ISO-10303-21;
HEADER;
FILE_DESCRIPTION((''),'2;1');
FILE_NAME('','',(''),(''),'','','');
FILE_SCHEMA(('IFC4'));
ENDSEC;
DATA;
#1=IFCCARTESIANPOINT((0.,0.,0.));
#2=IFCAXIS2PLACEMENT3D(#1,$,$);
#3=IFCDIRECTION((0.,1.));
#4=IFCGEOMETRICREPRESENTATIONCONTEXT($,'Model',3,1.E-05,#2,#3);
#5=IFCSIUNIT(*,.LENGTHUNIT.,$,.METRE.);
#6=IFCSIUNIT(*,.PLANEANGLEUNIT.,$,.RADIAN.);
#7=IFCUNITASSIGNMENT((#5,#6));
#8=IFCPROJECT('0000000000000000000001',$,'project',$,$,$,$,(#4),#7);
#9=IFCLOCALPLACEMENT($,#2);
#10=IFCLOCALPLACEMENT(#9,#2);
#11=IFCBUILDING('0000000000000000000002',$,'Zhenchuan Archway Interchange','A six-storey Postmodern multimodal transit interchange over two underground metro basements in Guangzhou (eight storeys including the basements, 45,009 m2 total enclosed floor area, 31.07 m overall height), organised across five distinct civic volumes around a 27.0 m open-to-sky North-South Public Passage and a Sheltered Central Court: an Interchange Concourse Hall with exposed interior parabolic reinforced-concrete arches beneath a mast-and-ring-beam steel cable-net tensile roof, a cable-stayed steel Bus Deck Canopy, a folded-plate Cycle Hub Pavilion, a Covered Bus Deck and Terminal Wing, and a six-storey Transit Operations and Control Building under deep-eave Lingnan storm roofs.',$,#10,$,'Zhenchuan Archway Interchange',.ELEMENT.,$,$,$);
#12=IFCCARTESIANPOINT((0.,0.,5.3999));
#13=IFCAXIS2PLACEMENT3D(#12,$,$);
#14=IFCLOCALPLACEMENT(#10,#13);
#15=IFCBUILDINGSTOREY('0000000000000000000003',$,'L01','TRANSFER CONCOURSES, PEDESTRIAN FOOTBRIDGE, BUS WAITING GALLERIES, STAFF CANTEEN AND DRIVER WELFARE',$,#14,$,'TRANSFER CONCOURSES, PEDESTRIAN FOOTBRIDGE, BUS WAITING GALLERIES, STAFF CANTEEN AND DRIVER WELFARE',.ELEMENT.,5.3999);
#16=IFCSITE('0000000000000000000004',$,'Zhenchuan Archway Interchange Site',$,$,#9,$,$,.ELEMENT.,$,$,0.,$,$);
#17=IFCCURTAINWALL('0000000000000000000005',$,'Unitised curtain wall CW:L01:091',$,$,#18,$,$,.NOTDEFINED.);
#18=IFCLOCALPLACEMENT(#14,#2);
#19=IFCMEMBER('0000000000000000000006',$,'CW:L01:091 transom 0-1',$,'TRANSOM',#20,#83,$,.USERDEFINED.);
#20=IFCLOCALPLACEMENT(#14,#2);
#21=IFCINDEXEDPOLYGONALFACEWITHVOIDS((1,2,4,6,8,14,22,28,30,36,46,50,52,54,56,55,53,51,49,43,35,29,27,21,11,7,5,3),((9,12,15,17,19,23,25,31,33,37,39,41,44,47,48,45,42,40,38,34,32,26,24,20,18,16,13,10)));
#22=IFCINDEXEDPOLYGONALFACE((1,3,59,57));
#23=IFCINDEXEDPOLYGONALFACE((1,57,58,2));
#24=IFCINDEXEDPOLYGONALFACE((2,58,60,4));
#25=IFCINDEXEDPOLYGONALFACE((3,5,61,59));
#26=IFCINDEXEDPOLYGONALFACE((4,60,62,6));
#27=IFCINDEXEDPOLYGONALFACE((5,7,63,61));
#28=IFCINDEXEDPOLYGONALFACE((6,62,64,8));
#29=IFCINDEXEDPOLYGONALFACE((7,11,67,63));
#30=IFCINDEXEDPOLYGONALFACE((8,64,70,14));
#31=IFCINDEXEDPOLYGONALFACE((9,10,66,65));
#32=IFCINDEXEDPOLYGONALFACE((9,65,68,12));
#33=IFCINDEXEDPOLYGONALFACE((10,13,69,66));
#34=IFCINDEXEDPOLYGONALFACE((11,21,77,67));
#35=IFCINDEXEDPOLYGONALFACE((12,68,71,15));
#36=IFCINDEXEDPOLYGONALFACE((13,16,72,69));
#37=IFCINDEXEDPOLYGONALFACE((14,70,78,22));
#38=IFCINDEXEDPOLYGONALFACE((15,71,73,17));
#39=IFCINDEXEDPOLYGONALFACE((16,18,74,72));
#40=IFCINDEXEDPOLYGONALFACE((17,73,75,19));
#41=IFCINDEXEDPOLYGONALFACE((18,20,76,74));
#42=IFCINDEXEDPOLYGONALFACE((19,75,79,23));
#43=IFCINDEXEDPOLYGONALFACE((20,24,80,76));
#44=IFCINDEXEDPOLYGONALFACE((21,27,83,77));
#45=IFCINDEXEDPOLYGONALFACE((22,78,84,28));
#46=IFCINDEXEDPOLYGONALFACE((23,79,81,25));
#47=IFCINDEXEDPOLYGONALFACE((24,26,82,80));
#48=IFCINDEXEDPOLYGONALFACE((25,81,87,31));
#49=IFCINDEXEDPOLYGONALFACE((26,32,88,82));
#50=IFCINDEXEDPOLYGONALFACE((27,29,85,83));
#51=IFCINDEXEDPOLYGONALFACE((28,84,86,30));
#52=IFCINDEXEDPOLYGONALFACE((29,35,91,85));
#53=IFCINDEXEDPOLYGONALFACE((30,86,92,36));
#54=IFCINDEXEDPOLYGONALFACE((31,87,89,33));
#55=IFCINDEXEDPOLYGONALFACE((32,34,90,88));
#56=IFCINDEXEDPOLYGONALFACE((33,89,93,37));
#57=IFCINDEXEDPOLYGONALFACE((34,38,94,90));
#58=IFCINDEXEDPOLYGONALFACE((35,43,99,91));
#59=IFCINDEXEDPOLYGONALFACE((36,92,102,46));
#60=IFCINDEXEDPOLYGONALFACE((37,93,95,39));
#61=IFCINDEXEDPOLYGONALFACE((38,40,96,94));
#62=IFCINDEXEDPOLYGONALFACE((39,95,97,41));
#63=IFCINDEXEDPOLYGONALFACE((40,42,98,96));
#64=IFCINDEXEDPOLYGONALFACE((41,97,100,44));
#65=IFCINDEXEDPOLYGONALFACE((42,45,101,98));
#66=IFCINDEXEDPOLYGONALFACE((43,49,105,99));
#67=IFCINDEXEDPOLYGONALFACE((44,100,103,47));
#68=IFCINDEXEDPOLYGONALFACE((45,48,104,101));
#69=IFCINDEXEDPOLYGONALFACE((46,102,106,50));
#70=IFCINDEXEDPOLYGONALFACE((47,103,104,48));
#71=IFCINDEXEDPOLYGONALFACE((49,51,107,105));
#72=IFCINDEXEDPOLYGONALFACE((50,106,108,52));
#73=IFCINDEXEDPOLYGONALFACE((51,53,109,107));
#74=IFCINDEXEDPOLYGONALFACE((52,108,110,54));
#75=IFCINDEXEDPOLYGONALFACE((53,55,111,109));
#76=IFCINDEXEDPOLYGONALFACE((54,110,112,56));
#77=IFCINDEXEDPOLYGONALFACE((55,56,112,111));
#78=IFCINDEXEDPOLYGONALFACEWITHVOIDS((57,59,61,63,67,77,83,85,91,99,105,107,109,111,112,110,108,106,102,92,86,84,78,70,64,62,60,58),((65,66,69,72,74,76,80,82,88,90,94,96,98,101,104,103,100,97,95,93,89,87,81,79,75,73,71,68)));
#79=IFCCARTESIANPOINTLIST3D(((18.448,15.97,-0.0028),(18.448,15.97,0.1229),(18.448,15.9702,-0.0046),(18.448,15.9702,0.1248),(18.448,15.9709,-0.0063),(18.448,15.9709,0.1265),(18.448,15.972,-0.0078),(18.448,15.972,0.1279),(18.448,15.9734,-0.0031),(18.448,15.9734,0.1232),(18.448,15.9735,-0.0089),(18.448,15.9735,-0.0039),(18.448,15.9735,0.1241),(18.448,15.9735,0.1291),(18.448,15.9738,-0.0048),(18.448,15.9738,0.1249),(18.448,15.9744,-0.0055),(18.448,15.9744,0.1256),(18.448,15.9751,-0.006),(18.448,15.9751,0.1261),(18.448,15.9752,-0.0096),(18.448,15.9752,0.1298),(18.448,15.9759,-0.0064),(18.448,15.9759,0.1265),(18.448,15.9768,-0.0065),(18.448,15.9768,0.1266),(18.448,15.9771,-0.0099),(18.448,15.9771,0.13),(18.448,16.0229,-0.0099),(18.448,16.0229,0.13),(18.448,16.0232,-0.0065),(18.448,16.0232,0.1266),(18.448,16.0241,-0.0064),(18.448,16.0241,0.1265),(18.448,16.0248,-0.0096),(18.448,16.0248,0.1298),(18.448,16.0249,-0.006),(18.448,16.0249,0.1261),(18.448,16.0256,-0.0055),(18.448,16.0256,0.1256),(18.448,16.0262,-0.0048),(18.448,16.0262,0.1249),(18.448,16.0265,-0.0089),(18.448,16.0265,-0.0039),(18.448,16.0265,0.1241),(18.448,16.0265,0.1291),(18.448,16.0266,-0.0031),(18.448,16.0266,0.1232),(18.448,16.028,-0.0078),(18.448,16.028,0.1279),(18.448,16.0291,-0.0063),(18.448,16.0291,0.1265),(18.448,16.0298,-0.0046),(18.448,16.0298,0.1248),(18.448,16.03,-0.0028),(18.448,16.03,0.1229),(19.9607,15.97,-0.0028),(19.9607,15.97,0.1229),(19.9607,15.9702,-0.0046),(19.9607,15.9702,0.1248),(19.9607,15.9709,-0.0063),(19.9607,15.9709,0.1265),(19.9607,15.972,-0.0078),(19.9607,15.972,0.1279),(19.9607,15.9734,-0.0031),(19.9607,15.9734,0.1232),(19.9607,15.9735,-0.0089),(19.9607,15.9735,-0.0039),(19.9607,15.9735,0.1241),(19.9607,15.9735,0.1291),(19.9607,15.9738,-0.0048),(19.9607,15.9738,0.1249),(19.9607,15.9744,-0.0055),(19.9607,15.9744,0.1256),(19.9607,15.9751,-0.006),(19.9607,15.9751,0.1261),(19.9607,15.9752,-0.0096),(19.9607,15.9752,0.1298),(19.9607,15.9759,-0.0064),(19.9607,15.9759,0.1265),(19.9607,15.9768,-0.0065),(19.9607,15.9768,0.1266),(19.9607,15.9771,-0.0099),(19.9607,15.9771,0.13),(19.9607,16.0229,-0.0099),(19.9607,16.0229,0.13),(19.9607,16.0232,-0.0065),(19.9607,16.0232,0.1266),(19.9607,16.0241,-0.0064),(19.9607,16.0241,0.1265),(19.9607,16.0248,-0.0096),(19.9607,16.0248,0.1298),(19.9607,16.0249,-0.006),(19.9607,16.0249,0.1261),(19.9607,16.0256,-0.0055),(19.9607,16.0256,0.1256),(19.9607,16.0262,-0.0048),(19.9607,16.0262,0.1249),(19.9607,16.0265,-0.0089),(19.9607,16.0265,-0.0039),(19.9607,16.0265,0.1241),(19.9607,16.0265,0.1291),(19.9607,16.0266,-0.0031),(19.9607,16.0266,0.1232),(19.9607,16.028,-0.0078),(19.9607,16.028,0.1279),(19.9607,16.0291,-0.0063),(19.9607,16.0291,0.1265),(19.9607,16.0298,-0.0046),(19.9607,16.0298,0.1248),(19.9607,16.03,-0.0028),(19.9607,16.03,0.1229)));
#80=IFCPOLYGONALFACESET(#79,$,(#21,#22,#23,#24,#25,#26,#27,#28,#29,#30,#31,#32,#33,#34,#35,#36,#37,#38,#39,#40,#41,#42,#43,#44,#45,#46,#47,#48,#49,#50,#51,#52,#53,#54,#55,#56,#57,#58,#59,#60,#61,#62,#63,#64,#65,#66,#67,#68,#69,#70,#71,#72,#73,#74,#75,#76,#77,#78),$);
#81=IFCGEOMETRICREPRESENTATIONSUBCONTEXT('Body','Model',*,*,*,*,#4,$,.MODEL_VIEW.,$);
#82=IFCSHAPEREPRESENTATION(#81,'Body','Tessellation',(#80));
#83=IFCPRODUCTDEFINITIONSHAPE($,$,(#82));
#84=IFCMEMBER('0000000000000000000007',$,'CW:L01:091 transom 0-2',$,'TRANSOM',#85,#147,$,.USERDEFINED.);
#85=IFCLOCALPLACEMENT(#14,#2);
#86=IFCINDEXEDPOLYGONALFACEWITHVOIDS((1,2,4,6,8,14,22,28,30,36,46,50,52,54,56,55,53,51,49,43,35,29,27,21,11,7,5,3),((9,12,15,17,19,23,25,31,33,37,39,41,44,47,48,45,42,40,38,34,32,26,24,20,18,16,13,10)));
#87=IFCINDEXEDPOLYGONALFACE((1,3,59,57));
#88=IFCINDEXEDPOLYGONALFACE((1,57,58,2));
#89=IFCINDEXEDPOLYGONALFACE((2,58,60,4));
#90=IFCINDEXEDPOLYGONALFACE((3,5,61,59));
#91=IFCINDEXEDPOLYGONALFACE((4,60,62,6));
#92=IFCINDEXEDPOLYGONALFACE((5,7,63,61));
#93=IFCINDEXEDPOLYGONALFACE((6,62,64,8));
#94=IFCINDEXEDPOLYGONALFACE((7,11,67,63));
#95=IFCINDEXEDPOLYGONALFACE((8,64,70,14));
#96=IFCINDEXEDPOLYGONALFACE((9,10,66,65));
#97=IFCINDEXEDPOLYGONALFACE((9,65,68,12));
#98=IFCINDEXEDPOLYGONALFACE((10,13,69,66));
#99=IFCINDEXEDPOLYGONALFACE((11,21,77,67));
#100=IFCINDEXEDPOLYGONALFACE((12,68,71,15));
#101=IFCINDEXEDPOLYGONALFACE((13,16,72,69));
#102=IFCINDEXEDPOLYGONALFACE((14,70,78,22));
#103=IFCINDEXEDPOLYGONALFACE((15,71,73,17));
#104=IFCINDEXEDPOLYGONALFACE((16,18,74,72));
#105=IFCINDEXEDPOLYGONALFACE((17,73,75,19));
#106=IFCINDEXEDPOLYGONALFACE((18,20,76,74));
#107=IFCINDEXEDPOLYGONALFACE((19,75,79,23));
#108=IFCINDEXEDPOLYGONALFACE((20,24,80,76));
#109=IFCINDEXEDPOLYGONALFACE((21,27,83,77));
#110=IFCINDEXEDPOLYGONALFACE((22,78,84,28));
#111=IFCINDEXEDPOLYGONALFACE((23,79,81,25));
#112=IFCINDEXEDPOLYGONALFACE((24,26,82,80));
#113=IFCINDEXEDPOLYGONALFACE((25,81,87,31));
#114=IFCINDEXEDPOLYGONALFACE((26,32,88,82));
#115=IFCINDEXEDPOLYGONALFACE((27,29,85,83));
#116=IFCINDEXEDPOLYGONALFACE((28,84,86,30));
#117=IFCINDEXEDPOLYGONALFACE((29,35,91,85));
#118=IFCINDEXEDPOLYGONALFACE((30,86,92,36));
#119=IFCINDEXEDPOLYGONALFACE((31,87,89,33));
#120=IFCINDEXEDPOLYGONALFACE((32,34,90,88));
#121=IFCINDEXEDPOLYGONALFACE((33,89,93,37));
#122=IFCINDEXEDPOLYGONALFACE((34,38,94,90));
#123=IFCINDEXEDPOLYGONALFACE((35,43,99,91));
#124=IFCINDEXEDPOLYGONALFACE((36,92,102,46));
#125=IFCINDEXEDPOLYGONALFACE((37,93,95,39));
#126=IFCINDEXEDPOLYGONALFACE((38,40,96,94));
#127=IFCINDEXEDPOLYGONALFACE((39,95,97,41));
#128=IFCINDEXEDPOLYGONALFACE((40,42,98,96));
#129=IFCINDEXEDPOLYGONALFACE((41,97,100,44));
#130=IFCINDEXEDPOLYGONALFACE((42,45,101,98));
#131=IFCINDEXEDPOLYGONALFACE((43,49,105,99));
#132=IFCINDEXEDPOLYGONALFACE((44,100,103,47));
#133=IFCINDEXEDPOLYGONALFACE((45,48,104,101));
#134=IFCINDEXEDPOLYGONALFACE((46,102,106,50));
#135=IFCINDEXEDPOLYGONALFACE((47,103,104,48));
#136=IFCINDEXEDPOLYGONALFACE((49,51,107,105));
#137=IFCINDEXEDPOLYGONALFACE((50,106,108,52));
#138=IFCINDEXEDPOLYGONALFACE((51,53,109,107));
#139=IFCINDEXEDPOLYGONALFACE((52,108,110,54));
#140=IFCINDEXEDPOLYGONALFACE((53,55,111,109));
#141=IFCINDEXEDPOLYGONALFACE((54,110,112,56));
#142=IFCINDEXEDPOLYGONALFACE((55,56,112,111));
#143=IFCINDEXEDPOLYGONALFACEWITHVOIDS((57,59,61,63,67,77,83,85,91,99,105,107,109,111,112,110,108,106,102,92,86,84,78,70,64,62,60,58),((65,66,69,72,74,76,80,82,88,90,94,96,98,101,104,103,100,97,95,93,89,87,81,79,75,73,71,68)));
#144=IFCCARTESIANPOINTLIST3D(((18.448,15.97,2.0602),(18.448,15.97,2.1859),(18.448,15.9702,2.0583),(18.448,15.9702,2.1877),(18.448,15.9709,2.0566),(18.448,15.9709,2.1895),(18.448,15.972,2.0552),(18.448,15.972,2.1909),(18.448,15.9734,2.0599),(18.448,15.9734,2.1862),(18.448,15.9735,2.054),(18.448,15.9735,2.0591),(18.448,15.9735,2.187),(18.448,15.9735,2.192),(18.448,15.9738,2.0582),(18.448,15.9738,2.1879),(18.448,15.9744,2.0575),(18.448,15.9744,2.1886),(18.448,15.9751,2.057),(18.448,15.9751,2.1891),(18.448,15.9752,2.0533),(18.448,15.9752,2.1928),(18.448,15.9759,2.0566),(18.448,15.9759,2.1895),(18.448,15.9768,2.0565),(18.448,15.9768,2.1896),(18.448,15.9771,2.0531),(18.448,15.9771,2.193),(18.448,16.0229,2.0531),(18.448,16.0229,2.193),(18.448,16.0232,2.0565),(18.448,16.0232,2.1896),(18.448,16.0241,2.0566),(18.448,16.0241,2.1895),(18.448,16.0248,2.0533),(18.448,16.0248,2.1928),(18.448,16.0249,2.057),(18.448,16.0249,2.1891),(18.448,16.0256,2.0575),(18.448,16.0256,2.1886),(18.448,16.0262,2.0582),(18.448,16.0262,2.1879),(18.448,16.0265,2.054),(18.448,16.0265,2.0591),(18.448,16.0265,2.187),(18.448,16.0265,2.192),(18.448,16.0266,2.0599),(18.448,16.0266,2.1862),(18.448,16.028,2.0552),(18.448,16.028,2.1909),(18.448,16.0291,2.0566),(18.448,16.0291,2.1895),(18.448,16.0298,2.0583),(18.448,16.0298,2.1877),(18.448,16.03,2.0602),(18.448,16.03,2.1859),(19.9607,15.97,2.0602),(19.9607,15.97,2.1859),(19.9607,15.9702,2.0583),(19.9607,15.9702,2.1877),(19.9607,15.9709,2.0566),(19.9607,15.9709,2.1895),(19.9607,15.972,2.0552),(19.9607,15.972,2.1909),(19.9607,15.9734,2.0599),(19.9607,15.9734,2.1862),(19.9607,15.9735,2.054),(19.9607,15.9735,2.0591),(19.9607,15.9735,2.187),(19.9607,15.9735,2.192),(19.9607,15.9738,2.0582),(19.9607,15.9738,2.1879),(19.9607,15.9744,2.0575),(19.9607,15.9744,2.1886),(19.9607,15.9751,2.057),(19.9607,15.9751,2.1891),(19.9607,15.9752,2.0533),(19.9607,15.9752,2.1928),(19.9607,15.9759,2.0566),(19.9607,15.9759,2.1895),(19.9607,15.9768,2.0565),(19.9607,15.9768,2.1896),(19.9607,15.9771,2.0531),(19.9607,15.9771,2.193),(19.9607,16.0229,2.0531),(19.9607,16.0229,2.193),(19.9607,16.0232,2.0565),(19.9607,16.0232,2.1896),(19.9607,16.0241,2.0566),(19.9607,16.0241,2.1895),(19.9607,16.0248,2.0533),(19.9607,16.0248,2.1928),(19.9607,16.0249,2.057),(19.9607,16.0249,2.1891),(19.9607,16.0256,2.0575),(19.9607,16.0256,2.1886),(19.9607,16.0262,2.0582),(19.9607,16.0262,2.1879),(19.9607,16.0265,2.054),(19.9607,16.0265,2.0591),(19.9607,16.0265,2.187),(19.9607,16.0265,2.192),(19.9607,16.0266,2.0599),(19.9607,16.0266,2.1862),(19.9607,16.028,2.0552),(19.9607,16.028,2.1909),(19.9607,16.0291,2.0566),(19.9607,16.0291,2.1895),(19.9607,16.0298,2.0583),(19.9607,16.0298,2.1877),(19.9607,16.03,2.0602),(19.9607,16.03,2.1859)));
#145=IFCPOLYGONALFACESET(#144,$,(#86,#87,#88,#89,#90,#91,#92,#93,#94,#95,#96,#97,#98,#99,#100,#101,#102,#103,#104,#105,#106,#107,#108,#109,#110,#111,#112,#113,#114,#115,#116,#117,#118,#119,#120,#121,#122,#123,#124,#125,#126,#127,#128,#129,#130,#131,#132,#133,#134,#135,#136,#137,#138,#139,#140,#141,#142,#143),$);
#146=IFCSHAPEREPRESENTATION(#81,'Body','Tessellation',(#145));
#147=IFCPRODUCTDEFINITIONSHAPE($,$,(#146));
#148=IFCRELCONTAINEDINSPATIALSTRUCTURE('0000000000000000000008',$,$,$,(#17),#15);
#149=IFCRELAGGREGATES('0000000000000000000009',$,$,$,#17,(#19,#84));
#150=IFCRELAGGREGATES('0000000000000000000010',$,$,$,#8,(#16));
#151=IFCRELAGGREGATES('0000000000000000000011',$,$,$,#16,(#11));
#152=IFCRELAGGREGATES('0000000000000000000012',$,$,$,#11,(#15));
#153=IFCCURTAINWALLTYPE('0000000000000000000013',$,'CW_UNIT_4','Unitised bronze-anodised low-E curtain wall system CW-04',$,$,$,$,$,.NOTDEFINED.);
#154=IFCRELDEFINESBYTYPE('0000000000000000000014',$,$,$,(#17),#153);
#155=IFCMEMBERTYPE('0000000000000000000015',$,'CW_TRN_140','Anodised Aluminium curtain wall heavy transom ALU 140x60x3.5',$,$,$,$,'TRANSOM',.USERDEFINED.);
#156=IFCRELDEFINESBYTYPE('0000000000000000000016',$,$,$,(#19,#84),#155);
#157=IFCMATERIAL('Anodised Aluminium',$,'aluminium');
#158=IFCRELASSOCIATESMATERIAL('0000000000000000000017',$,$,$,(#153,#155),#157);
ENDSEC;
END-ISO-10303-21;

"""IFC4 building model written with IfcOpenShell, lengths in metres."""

from ifc_helpers import new_model, si_unit, direction, frame, origin, origin_2d, place, context, subcontext, project, spatial, hollow_rectangle, extrude, material, material_profile, profile_set, type_object, element, aggregate, save


model = new_model("IFC4")

# Units and contexts
model_context = context("Model", 3, precision=1e-05, world=origin(), true_north=direction((0.0, 1.0)))
body_context = subcontext(model_context, "Body", "Model", "MODEL_VIEW")
ifc_project = project(units=[si_unit("LENGTHUNIT", "METRE"), si_unit("PLANEANGLEUNIT", "RADIAN")], contexts=[model_context])

# Site, building, storey
site_placement = place(None, origin())
site = spatial("IfcSite", under=ifc_project, at=site_placement, Name="Zhenchuan Archway Interchange Site", CompositionType="ELEMENT", RefElevation=0.0)
building_placement = place(site_placement, origin())
building = spatial("IfcBuilding", under=site, at=building_placement, Name="Zhenchuan Archway Interchange", Description="A six-storey Postmodern multimodal transit interchange over two underground metro basements in Guangzhou (eight storeys including the basements, 45,009 m2 total enclosed floor area, 31.07 m overall height), organised across five distinct civic volumes around a 27.0 m open-to-sky North-South Public Passage and a Sheltered Central Court: an Interchange Concourse Hall with exposed interior parabolic reinforced-concrete arches beneath a mast-and-ring-beam steel cable-net tensile roof, a cable-stayed steel Bus Deck Canopy, a folded-plate Cycle Hub Pavilion, a Covered Bus Deck and Terminal Wing, and a six-storey Transit Operations and Control Building under deep-eave Lingnan storm roofs.", LongName="Zhenchuan Archway Interchange", CompositionType="ELEMENT")
storey_placement = place(building_placement, frame((0.0, 0.0, 5.3999)))
storey = spatial("IfcBuildingStorey", under=building, at=storey_placement, Name="L01", Description="TRANSFER CONCOURSES, PEDESTRIAN FOOTBRIDGE, BUS WAITING GALLERIES, STAFF CANTEEN AND DRIVER WELFARE", LongName="TRANSFER CONCOURSES, PEDESTRIAN FOOTBRIDGE, BUS WAITING GALLERIES, STAFF CANTEEN AND DRIVER WELFARE", CompositionType="ELEMENT", Elevation=5.3999)

# Shared definitions
ifc_material_1 = material(Name="Anodised Aluminium", Category="aluminium")

# Curtain wall
curtain_wall_type_1 = type_object("IfcCurtainWallType", Name="CW_UNIT_4", Description="Unitised bronze-anodised low-E curtain wall system CW-04", PredefinedType="NOTDEFINED", material=ifc_material_1)
curtain_wall_1_placement = place(storey_placement, origin())
curtain_wall_1 = element("IfcCurtainWall", 1, at=curtain_wall_1_placement, inside=storey, type_object=curtain_wall_type_1, Name="Unitised curtain wall CW:L01:091", PredefinedType="NOTDEFINED")

# Members
ifc_material_profile_1 = material_profile(ifc_material_1, hollow_rectangle(XDim=0.0601, YDim=0.1399, WallThickness=0.0034, InnerFilletRadius=0.0034, OuterFilletRadius=0.0071, at=origin_2d()), Name="ALU 140x60x3.5")
ifc_profile_set_1 = profile_set([ifc_material_profile_1], Name="Anodised Aluminium")
member_type_1 = type_object("IfcMemberType", Name="CW_TRN_140", Description="Anodised Aluminium curtain wall heavy transom ALU 140x60x3.5", ElementType="TRANSOM", PredefinedType="USERDEFINED", material=ifc_profile_set_1)
member_1_placement = place(storey_placement, frame((18.448, 16.0, 0.0601), z_axis=(1.0, 0.0, 0.0), x_axis=(0.0, 1.0, 0.0)))
member_1 = element("IfcMember", 2, at=member_1_placement, type_object=member_type_1, Name="CW:L01:091 transom 0-1", ObjectType="TRANSOM", PredefinedType="USERDEFINED", context=body_context, shape_type="SweptSolid", body=[
    extrude(hollow_rectangle(XDim=0.0601, YDim=0.1399, WallThickness=0.0034, InnerFilletRadius=0.0034, OuterFilletRadius=0.0071, at=origin_2d()), origin(), (0.0, 0.0, 1.0), 1.5127),
])
member_2_placement = place(storey_placement, frame((18.448, 16.0, 2.123), z_axis=(1.0, 0.0, 0.0), x_axis=(0.0, 1.0, 0.0)))
member_2 = element("IfcMember", 3, at=member_2_placement, type_object=member_type_1, Name="CW:L01:091 transom 0-2", ObjectType="TRANSOM", PredefinedType="USERDEFINED", context=body_context, shape_type="SweptSolid", body=[
    extrude(hollow_rectangle(XDim=0.0601, YDim=0.1399, WallThickness=0.0034, InnerFilletRadius=0.0034, OuterFilletRadius=0.0071, at=origin_2d()), origin(), (0.0, 0.0, 1.0), 1.5127),
])

aggregate(curtain_wall_1, [member_1, member_2])

save(model, "model.ifc")
